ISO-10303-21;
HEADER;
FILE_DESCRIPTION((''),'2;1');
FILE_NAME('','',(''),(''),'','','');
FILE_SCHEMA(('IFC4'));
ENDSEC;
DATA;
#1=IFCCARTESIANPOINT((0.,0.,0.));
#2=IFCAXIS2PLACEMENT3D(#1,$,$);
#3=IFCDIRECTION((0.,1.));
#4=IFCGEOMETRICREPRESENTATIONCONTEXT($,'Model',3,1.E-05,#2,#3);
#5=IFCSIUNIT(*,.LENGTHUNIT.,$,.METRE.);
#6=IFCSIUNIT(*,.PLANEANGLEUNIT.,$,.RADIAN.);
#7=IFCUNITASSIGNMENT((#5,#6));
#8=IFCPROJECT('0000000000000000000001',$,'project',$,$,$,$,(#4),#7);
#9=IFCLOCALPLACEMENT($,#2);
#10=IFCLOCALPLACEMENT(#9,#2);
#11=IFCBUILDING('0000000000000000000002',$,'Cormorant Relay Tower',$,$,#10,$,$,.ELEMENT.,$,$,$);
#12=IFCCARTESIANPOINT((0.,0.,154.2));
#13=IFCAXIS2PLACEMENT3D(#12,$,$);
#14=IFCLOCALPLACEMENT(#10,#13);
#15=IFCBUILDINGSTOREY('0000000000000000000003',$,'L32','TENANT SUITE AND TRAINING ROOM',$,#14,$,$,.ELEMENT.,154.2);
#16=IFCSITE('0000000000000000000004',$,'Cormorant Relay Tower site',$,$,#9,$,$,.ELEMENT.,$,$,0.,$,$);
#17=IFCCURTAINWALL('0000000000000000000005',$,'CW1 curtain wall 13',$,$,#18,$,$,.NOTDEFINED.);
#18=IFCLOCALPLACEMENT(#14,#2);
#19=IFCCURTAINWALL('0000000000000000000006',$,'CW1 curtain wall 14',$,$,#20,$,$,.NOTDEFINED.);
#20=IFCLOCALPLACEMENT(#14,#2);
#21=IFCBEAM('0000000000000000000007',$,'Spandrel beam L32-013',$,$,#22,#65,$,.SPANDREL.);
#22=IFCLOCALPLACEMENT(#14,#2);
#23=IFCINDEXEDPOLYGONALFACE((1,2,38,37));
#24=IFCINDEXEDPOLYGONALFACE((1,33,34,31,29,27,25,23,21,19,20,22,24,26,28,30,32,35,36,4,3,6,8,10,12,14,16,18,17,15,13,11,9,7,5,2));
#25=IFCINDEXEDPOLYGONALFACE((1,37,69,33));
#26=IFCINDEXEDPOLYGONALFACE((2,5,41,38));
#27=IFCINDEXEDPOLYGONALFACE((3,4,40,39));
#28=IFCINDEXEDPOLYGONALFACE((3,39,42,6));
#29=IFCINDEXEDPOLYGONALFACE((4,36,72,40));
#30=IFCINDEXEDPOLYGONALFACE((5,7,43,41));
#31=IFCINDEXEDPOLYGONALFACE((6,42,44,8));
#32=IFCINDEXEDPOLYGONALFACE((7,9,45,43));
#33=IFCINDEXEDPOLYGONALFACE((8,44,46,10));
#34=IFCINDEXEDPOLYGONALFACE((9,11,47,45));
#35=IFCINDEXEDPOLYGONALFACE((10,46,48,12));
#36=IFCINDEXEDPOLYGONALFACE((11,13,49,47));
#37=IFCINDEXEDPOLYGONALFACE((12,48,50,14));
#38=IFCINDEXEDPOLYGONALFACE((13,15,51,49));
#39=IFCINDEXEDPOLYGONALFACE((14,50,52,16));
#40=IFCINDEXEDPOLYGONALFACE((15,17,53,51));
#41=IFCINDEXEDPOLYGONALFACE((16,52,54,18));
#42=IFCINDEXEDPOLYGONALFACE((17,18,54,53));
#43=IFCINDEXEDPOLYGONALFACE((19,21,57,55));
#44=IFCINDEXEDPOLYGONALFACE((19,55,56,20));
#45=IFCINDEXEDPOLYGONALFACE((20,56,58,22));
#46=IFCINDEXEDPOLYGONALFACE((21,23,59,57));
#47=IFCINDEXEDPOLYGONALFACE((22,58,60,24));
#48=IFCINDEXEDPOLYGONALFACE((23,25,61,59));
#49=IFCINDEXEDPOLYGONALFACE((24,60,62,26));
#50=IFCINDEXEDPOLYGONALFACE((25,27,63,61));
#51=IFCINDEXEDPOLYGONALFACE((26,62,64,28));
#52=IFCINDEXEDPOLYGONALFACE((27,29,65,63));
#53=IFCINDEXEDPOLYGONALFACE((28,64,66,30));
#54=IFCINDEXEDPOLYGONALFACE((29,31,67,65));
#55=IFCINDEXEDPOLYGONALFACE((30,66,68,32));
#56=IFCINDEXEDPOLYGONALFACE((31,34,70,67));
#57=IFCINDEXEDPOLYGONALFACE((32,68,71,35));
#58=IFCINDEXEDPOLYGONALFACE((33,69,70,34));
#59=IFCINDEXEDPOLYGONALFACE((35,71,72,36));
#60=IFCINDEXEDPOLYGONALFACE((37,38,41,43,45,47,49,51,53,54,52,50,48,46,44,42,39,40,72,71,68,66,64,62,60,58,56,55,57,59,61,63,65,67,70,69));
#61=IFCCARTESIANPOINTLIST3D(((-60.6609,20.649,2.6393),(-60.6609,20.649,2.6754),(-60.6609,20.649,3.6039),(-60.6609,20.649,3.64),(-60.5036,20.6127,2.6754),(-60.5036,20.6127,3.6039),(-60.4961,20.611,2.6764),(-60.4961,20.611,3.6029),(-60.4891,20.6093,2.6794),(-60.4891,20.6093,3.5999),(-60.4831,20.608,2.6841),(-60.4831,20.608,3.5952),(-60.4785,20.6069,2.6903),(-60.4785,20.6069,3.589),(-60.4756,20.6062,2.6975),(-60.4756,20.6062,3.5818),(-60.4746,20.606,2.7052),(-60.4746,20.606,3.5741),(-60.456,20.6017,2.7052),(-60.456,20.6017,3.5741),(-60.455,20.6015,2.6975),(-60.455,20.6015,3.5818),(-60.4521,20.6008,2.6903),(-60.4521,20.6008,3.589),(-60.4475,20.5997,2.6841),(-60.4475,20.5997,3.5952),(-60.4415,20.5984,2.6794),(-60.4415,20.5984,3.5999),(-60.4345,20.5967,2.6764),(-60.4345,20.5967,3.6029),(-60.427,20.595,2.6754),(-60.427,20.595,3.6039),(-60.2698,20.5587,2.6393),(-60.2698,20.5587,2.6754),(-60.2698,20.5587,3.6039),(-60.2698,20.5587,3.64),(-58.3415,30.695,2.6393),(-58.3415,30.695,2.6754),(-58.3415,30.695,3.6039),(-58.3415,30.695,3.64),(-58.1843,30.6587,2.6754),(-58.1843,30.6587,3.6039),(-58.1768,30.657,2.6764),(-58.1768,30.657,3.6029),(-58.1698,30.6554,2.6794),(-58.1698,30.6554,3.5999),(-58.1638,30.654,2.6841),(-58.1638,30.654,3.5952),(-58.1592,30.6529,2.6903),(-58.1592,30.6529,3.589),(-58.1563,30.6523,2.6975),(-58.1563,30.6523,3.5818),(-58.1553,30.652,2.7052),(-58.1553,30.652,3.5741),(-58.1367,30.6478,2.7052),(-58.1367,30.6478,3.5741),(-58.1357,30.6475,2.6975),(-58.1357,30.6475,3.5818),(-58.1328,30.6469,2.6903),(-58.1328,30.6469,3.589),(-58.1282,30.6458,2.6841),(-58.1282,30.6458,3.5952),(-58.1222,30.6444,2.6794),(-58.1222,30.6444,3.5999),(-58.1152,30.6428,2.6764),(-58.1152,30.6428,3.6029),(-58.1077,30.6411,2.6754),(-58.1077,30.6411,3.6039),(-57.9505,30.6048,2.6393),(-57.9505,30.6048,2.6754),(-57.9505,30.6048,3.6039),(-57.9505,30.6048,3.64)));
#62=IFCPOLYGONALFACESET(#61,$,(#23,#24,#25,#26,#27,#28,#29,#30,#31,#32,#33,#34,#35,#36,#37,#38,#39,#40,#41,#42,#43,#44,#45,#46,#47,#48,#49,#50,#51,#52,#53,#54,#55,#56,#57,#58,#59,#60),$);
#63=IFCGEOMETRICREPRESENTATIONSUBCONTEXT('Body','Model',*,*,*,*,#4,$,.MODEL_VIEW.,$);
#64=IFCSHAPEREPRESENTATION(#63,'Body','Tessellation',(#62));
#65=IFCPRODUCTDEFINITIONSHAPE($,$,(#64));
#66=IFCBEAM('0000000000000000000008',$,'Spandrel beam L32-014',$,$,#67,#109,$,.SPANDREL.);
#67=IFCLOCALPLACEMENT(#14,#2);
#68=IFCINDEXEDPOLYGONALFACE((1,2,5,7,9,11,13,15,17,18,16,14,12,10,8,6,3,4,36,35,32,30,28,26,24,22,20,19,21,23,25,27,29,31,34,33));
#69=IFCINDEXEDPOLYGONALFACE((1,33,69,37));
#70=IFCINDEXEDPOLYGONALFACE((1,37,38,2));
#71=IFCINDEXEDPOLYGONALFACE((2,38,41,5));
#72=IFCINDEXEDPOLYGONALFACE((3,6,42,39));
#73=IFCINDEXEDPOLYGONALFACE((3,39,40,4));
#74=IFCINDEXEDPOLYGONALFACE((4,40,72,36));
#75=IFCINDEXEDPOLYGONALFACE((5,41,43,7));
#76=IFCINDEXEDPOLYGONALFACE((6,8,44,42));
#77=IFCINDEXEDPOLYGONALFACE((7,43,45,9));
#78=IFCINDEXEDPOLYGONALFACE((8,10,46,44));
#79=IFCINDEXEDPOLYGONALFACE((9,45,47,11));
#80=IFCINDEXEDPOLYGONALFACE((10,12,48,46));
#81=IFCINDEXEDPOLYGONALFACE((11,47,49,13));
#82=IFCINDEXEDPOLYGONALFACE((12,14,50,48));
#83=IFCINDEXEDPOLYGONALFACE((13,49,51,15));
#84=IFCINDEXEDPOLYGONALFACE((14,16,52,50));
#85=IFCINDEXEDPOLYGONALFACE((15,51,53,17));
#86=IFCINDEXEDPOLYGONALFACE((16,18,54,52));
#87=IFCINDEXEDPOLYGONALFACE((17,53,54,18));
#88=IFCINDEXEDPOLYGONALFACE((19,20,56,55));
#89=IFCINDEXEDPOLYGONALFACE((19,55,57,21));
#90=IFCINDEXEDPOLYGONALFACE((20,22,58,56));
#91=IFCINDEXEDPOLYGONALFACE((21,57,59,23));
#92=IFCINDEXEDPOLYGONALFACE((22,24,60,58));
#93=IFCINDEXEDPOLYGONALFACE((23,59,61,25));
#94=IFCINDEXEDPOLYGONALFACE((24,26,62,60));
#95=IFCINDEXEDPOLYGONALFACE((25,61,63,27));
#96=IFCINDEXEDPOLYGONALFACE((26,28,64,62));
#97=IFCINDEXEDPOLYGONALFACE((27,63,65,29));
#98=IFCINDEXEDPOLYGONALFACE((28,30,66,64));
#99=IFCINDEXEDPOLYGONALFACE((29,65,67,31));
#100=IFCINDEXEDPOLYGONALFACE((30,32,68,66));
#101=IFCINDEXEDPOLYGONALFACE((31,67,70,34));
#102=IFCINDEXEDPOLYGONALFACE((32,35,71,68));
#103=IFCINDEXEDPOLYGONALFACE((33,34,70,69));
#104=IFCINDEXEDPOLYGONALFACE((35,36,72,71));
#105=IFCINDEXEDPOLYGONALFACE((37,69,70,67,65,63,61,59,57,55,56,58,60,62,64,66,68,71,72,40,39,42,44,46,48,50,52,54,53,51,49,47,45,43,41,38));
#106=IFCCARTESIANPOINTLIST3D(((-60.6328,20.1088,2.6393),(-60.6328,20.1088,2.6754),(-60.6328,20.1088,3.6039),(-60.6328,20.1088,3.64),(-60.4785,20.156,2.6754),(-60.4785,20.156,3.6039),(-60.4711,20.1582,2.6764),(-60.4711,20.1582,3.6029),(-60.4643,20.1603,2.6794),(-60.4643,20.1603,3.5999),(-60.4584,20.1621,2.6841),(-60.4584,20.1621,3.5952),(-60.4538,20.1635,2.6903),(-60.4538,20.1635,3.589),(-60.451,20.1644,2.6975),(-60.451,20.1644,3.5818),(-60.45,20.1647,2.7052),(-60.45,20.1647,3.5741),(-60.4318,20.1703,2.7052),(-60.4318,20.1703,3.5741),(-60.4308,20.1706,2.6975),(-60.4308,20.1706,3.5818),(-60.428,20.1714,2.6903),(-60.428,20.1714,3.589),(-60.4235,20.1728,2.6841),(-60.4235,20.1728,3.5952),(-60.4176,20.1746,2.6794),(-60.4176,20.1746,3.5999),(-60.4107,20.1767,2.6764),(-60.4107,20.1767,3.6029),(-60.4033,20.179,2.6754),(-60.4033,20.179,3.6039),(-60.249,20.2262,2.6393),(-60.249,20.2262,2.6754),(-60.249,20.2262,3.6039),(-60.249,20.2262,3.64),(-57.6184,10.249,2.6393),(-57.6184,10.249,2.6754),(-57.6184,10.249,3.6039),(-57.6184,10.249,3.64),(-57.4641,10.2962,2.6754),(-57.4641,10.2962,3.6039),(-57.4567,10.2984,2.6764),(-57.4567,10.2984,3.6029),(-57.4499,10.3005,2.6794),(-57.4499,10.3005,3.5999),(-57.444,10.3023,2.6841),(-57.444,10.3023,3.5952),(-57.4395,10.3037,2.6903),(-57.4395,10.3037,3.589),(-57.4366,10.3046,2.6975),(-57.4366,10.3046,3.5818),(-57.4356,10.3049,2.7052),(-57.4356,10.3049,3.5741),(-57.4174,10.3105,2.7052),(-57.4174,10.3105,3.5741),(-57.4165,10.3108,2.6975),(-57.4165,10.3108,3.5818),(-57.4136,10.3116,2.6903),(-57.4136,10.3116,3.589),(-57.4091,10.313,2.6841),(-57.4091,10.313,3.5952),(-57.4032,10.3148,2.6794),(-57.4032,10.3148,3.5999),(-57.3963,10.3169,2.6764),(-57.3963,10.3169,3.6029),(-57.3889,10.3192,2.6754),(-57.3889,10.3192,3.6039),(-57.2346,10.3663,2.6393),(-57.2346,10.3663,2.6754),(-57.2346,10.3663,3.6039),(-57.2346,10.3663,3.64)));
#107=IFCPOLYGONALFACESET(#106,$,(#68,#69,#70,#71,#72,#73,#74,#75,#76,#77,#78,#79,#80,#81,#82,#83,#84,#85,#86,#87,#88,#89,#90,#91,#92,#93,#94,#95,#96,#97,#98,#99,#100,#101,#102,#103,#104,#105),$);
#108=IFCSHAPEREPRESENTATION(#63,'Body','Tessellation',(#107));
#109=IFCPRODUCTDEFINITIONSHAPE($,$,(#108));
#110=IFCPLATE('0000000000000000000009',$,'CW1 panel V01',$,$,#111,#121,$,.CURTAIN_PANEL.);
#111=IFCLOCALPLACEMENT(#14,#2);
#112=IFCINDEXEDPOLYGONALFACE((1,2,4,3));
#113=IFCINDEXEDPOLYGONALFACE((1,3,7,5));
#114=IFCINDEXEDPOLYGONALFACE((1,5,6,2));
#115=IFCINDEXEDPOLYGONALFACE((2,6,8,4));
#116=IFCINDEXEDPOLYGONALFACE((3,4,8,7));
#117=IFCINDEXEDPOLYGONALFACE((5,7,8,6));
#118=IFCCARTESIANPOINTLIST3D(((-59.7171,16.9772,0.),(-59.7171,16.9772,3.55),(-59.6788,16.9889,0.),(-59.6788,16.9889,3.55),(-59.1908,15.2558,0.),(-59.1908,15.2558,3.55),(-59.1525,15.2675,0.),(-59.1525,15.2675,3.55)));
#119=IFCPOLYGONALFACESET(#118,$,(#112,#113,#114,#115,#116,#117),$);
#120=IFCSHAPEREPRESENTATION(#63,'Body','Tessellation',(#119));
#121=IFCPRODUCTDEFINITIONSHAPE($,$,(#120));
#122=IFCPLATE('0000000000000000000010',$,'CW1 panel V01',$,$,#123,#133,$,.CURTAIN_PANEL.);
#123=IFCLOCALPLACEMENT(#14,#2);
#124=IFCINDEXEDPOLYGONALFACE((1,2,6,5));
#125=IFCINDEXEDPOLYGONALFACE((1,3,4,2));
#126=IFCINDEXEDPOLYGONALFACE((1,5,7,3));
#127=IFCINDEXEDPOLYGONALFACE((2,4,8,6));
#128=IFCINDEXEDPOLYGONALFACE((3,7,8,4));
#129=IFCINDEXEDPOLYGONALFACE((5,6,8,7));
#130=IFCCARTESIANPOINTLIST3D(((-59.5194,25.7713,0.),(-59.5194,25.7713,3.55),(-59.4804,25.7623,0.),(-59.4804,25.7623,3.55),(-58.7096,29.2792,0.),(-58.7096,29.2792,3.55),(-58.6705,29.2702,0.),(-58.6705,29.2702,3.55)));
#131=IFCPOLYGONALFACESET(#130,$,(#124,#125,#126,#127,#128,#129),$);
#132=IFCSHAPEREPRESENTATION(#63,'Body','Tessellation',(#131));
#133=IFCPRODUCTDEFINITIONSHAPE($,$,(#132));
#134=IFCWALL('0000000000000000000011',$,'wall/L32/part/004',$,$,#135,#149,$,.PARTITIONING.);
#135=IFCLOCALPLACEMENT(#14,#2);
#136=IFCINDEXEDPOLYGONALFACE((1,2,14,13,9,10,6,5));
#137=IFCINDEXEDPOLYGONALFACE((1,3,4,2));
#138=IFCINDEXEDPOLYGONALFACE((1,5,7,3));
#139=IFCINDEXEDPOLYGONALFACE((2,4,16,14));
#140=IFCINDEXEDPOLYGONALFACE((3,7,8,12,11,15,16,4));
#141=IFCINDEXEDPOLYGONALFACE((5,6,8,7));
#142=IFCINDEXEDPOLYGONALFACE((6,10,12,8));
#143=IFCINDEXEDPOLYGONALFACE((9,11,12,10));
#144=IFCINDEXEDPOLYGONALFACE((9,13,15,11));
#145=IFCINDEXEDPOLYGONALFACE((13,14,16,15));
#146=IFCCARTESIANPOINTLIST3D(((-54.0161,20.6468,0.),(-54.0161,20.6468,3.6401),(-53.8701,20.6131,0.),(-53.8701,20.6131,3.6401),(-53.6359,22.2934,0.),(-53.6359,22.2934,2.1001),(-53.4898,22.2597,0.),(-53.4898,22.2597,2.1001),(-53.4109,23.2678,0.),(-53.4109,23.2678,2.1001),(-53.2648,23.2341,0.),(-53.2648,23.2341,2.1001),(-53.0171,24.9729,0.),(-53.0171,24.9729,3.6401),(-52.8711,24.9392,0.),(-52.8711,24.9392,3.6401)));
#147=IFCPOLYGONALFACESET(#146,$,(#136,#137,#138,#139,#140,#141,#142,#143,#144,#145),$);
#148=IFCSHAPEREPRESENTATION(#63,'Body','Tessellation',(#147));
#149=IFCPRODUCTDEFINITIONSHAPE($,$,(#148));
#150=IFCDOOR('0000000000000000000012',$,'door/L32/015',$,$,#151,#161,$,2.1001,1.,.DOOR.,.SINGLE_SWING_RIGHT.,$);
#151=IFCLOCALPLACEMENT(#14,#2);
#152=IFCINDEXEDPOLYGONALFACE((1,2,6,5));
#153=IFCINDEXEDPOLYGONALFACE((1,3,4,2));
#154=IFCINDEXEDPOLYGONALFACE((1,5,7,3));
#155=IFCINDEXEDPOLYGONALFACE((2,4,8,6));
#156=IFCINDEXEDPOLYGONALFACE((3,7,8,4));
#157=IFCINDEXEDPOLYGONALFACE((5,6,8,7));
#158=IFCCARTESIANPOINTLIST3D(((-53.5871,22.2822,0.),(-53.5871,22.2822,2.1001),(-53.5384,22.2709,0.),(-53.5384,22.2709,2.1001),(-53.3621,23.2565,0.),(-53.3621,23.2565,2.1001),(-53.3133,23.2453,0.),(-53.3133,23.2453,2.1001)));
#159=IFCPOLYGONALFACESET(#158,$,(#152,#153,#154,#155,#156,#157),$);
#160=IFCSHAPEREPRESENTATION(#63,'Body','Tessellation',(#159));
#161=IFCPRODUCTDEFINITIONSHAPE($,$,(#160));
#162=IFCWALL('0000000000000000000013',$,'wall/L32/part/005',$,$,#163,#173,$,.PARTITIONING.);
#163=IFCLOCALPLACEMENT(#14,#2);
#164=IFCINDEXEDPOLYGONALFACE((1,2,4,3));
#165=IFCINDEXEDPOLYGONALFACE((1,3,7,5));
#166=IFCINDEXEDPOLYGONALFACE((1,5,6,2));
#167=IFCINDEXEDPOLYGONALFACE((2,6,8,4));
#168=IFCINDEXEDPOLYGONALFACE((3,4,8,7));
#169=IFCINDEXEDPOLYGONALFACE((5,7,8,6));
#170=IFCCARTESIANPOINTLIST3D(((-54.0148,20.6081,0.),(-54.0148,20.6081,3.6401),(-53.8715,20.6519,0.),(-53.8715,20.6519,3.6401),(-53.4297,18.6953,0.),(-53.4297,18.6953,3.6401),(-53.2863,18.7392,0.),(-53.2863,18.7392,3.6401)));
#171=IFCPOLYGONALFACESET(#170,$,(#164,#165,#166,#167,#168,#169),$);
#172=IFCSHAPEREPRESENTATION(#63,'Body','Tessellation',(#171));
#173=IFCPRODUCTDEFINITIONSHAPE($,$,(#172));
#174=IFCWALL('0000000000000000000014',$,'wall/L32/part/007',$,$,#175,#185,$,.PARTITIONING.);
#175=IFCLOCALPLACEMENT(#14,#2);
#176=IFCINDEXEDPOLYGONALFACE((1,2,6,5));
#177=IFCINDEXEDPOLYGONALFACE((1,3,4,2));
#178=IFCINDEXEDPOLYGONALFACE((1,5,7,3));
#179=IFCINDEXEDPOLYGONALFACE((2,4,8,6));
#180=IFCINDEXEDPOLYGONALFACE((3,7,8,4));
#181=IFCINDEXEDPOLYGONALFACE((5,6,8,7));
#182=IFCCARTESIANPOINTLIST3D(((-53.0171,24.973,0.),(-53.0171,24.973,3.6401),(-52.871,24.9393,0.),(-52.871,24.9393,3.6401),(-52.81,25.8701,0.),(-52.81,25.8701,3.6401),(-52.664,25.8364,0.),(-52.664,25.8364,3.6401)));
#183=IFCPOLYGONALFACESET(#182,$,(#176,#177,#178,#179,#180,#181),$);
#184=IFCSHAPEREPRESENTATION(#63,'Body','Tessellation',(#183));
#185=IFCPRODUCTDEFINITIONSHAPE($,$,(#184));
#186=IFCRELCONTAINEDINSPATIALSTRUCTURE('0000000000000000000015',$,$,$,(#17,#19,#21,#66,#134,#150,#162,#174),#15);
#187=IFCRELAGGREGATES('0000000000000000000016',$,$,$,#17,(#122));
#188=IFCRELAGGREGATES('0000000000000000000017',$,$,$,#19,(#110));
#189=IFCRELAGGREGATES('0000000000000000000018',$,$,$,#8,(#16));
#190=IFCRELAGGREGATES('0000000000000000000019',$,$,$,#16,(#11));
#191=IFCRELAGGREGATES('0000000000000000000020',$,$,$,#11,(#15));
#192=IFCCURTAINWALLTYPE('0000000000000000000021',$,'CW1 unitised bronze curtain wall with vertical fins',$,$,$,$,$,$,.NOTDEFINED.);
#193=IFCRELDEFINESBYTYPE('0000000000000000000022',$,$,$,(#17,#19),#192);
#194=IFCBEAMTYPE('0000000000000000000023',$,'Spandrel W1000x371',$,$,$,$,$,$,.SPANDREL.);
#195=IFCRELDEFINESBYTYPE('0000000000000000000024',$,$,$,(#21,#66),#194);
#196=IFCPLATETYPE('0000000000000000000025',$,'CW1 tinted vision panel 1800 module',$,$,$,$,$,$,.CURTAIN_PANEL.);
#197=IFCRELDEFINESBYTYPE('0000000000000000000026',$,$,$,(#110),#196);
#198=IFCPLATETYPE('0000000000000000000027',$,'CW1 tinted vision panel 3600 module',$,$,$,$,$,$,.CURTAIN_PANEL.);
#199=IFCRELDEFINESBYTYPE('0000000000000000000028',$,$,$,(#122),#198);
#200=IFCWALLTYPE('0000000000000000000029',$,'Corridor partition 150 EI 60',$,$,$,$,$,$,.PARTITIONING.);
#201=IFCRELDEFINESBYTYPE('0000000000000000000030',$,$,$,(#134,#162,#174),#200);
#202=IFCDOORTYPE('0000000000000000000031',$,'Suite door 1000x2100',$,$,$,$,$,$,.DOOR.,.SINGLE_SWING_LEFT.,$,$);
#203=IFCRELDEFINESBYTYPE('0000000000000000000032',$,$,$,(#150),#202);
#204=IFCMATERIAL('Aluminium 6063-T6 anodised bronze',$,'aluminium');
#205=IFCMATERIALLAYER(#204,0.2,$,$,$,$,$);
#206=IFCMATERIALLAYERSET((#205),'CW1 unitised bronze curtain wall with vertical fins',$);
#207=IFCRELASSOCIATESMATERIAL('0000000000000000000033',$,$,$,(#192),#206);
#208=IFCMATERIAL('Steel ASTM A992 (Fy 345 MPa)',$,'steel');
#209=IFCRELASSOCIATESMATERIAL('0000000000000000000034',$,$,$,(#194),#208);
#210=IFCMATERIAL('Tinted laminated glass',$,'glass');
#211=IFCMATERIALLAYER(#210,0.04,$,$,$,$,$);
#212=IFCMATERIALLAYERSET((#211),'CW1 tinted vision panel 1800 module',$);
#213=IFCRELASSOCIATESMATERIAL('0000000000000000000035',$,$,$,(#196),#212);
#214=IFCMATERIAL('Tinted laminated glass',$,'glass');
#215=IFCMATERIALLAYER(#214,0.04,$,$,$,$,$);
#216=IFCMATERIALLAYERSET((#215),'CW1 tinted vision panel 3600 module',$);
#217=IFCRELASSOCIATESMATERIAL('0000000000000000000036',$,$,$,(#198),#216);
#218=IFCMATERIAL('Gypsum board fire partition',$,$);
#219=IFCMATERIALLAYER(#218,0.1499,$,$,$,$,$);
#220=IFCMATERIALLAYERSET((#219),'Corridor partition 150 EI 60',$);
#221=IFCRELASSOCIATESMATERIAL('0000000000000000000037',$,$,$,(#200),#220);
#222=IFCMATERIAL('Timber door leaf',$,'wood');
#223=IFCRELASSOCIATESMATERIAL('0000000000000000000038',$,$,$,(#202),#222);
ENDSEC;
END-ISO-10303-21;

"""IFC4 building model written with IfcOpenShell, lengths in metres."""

from ifc_helpers import new_model, si_unit, direction, frame, frame_2d, origin, origin_2d, place, context, subcontext, project, spatial, rectangle, i_section, extrude, material, layer, layer_set, material_profile, profile_set, type_object, element, fill, aggregate, save


model = new_model("IFC4")

# Units and contexts
model_context = context("Model", 3, precision=1e-05, world=origin(), true_north=direction((0.0, 1.0)))
body_context = subcontext(model_context, "Body", "Model", "MODEL_VIEW")
ifc_project = project(units=[si_unit("LENGTHUNIT", "METRE"), si_unit("PLANEANGLEUNIT", "RADIAN")], contexts=[model_context])

# Site, building, storey
site_placement = place(None, origin())
site = spatial("IfcSite", under=ifc_project, at=site_placement, Name="Cormorant Relay Tower site", CompositionType="ELEMENT", RefElevation=0.0)
building_placement = place(site_placement, origin())
building = spatial("IfcBuilding", under=site, at=building_placement, Name="Cormorant Relay Tower", CompositionType="ELEMENT")
storey_placement = place(building_placement, frame((0.0, 0.0, 154.2)))
storey = spatial("IfcBuildingStorey", under=building, at=storey_placement, Name="L32", Description="TENANT SUITE AND TRAINING ROOM", CompositionType="ELEMENT", Elevation=154.2)

# Curtain walls
ifc_material_1 = material(Name="Aluminium 6063-T6 anodised bronze", Category="aluminium")
ifc_layer_1 = layer(ifc_material_1, 0.2)
ifc_layer_set_1 = layer_set([ifc_layer_1], Name="CW1 unitised bronze curtain wall with vertical fins")
curtain_wall_type = type_object("IfcCurtainWallType", Name="CW1 unitised bronze curtain wall with vertical fins", PredefinedType="NOTDEFINED", material=ifc_layer_set_1)
curtain_wall_1_placement = place(storey_placement, origin())
curtain_wall_1 = element("IfcCurtainWall", 1, at=curtain_wall_1_placement, inside=storey, type_object=curtain_wall_type, Name="CW1 curtain wall 13", PredefinedType="NOTDEFINED")
curtain_wall_2_placement = place(storey_placement, origin())
curtain_wall_2 = element("IfcCurtainWall", 2, at=curtain_wall_2_placement, inside=storey, type_object=curtain_wall_type, Name="CW1 curtain wall 14", PredefinedType="NOTDEFINED")

# Beams
ifc_material_2 = material(Name="Steel ASTM A992 (Fy 345 MPa)", Category="steel")
ifc_material_profile_1 = material_profile(ifc_material_2, i_section(OverallWidth=0.4014, OverallDepth=1.0007, WebThickness=0.019, FlangeThickness=0.0361, FilletRadius=0.0298, at=origin_2d()), Name="W1000x371")
ifc_profile_set_1 = profile_set([ifc_material_profile_1], Name="Steel ASTM A992 (Fy 345 MPa)")
beam_type = type_object("IfcBeamType", Name="Spandrel W1000x371", PredefinedType="SPANDREL", material=ifc_profile_set_1)
for number, where, z_axis, x_axis, name in (
    (3, (-58.146, 30.6499, 3.1396), (-0.224951, -0.97437, 0.0), (0.97437, -0.224951, 0.0), "Spandrel beam L32-013"),
    (4, (-60.4409, 20.1675, 3.1396), (0.292367, -0.956306, 0.0), (0.956306, 0.292367, 0.0), "Spandrel beam L32-014"),
):
    element("IfcBeam", number, at=place(storey_placement, frame(where, z_axis=z_axis, x_axis=x_axis)), inside=storey, type_object=beam_type, Name=name, PredefinedType="SPANDREL", context=body_context, shape_type="SweptSolid", body=[
        extrude(i_section(OverallWidth=0.4014, OverallDepth=1.0007, WebThickness=0.019, FlangeThickness=0.0361, FilletRadius=0.0298, at=origin_2d()), origin(), (0.0, 0.0, 1.0), 10.3103),
    ])

# Plates
ifc_material_3 = material(Name="Tinted laminated glass", Category="glass")
ifc_layer_2 = layer(ifc_material_3, 0.04)
ifc_layer_set_2 = layer_set([ifc_layer_2], Name="CW1 tinted vision panel 1800 module")
plate_type_1 = type_object("IfcPlateType", Name="CW1 tinted vision panel 1800 module", PredefinedType="CURTAIN_PANEL", material=ifc_layer_set_2)
plate_1_placement = place(storey_placement, frame((-59.4348, 16.1223, 0.0), z_axis=(0.0, 0.0, 1.0), x_axis=(0.292372, -0.956305, 0.0)))
plate_1 = element("IfcPlate", 5, at=plate_1_placement, type_object=plate_type_1, Name="CW1 panel V01", PredefinedType="CURTAIN_PANEL", context=body_context, shape_type="SweptSolid", body=[
    extrude(rectangle(XDim=1.8, YDim=0.04, at=origin_2d()), origin(), (0.0, 0.0, 1.0), 3.55),
])
ifc_material_4 = material(Name="Tinted laminated glass", Category="glass")
ifc_layer_3 = layer(ifc_material_4, 0.04)
ifc_layer_set_3 = layer_set([ifc_layer_3], Name="CW1 tinted vision panel 3600 module")
plate_type_2 = type_object("IfcPlateType", Name="CW1 tinted vision panel 3600 module", PredefinedType="CURTAIN_PANEL", material=ifc_layer_set_3)
plate_2_placement = place(storey_placement, frame((-59.095, 27.5208, 0.0), z_axis=(0.0, 0.0, 1.0), x_axis=(-0.224951, -0.97437, 0.0)))
plate_2 = element("IfcPlate", 6, at=plate_2_placement, type_object=plate_type_2, Name="CW1 panel V01", PredefinedType="CURTAIN_PANEL", context=body_context, shape_type="SweptSolid", body=[
    extrude(rectangle(XDim=3.6001, YDim=0.04, at=origin_2d()), origin(), (0.0, 0.0, 1.0), 3.55),
])

# Wall, opening, door
ifc_material_5 = material(Name="Gypsum board fire partition")
ifc_layer_4 = layer(ifc_material_5, 0.1499)
ifc_layer_set_4 = layer_set([ifc_layer_4], Name="Corridor partition 150 EI 60")
wall_type_1 = type_object("IfcWallType", Name="Corridor partition 150 EI 60", PredefinedType="PARTITIONING", material=ifc_layer_set_4)
wall_1_placement = place(storey_placement, frame((-52.9441, 24.9561, 0.0), z_axis=(0.0, 0.0, 1.0), x_axis=(-0.225004, -0.974358, 0.0)))
wall_1 = element("IfcWall", 7, at=wall_1_placement, inside=storey, type_object=wall_type_1, Name="wall/L32/part/004", PredefinedType="PARTITIONING", context=body_context, shape_type="SweptSolid", body=[
    extrude(rectangle(XDim=4.4399, YDim=0.1499, at=frame_2d((2.22, 0.0))), origin(), (0.0, 0.0, 1.0), 3.6401),
])
opening_1_placement = place(wall_1_placement, frame((1.75, 0.0, 0.0)))
opening_1 = element("IfcOpeningElement", 8, at=opening_1_placement, cuts=wall_1, PredefinedType="OPENING", context=body_context, shape_type="SweptSolid", body=[
    extrude(rectangle(XDim=1.0, YDim=2.1001, at=frame_2d((0.5, 1.05))), frame((0.0, 0.085, 0.0), z_axis=(0.0, -1.0, 0.0), x_axis=(1.0, 0.0, 0.0)), (0.0, 0.0, 1.0), 0.1699),
])
ifc_material_6 = material(Name="Timber door leaf", Category="wood")
door_type_1 = type_object("IfcDoorType", Name="Suite door 1000x2100", OperationType="SINGLE_SWING_LEFT", PredefinedType="DOOR", material=ifc_material_6)
door_1_placement = place(opening_1_placement, frame((1.0, 0.0, 0.0), z_axis=(0.0, 0.0, 1.0), x_axis=(-1.0, 0.0, 0.0)))
door_1 = element("IfcDoor", 9, at=door_1_placement, inside=storey, type_object=door_type_1, Name="door/L32/015", OperationType="SINGLE_SWING_RIGHT", OverallHeight=2.1001, OverallWidth=1.0, PredefinedType="DOOR", context=body_context, shape_type="SweptSolid", body=[
    extrude(rectangle(XDim=1.0, YDim=2.1001, at=frame_2d((0.5, 1.05))), frame((0.0, 0.0249, 0.0), z_axis=(0.0, -1.0, 0.0), x_axis=(1.0, 0.0, 0.0)), (0.0, 0.0, 1.0), 0.05),
])
fill(opening_1, door_1)

# Walls
wall_2_placement = place(storey_placement, frame((-53.9431, 20.6299, 0.0), z_axis=(0.0, 0.0, 1.0), x_axis=(0.29255, -0.95625, 0.0)))
element("IfcWall", 10, at=wall_2_placement, inside=storey, type_object=wall_type_1, Name="wall/L32/part/005", PredefinedType="PARTITIONING", context=body_context, shape_type="SweptSolid", body=[
    extrude(rectangle(XDim=2.0002, YDim=0.1499, at=frame_2d((1.0, 0.0))), origin(), (0.0, 0.0, 1.0), 3.6401),
])
wall_3_placement = place(storey_placement, frame((-52.9441, 24.9561, 0.0), z_axis=(0.0, 0.0, 1.0), x_axis=(0.224898, 0.974382, 0.0)))
element("IfcWall", 11, at=wall_3_placement, inside=storey, type_object=wall_type_1, Name="wall/L32/part/007", PredefinedType="PARTITIONING", context=body_context, shape_type="SweptSolid", body=[
    extrude(rectangle(XDim=0.9207, YDim=0.1499, at=frame_2d((0.4604, 0.0))), origin(), (0.0, 0.0, 1.0), 3.6401),
])

aggregate(curtain_wall_1, [plate_2])
aggregate(curtain_wall_2, [plate_1])

save(model, "model.ifc")
